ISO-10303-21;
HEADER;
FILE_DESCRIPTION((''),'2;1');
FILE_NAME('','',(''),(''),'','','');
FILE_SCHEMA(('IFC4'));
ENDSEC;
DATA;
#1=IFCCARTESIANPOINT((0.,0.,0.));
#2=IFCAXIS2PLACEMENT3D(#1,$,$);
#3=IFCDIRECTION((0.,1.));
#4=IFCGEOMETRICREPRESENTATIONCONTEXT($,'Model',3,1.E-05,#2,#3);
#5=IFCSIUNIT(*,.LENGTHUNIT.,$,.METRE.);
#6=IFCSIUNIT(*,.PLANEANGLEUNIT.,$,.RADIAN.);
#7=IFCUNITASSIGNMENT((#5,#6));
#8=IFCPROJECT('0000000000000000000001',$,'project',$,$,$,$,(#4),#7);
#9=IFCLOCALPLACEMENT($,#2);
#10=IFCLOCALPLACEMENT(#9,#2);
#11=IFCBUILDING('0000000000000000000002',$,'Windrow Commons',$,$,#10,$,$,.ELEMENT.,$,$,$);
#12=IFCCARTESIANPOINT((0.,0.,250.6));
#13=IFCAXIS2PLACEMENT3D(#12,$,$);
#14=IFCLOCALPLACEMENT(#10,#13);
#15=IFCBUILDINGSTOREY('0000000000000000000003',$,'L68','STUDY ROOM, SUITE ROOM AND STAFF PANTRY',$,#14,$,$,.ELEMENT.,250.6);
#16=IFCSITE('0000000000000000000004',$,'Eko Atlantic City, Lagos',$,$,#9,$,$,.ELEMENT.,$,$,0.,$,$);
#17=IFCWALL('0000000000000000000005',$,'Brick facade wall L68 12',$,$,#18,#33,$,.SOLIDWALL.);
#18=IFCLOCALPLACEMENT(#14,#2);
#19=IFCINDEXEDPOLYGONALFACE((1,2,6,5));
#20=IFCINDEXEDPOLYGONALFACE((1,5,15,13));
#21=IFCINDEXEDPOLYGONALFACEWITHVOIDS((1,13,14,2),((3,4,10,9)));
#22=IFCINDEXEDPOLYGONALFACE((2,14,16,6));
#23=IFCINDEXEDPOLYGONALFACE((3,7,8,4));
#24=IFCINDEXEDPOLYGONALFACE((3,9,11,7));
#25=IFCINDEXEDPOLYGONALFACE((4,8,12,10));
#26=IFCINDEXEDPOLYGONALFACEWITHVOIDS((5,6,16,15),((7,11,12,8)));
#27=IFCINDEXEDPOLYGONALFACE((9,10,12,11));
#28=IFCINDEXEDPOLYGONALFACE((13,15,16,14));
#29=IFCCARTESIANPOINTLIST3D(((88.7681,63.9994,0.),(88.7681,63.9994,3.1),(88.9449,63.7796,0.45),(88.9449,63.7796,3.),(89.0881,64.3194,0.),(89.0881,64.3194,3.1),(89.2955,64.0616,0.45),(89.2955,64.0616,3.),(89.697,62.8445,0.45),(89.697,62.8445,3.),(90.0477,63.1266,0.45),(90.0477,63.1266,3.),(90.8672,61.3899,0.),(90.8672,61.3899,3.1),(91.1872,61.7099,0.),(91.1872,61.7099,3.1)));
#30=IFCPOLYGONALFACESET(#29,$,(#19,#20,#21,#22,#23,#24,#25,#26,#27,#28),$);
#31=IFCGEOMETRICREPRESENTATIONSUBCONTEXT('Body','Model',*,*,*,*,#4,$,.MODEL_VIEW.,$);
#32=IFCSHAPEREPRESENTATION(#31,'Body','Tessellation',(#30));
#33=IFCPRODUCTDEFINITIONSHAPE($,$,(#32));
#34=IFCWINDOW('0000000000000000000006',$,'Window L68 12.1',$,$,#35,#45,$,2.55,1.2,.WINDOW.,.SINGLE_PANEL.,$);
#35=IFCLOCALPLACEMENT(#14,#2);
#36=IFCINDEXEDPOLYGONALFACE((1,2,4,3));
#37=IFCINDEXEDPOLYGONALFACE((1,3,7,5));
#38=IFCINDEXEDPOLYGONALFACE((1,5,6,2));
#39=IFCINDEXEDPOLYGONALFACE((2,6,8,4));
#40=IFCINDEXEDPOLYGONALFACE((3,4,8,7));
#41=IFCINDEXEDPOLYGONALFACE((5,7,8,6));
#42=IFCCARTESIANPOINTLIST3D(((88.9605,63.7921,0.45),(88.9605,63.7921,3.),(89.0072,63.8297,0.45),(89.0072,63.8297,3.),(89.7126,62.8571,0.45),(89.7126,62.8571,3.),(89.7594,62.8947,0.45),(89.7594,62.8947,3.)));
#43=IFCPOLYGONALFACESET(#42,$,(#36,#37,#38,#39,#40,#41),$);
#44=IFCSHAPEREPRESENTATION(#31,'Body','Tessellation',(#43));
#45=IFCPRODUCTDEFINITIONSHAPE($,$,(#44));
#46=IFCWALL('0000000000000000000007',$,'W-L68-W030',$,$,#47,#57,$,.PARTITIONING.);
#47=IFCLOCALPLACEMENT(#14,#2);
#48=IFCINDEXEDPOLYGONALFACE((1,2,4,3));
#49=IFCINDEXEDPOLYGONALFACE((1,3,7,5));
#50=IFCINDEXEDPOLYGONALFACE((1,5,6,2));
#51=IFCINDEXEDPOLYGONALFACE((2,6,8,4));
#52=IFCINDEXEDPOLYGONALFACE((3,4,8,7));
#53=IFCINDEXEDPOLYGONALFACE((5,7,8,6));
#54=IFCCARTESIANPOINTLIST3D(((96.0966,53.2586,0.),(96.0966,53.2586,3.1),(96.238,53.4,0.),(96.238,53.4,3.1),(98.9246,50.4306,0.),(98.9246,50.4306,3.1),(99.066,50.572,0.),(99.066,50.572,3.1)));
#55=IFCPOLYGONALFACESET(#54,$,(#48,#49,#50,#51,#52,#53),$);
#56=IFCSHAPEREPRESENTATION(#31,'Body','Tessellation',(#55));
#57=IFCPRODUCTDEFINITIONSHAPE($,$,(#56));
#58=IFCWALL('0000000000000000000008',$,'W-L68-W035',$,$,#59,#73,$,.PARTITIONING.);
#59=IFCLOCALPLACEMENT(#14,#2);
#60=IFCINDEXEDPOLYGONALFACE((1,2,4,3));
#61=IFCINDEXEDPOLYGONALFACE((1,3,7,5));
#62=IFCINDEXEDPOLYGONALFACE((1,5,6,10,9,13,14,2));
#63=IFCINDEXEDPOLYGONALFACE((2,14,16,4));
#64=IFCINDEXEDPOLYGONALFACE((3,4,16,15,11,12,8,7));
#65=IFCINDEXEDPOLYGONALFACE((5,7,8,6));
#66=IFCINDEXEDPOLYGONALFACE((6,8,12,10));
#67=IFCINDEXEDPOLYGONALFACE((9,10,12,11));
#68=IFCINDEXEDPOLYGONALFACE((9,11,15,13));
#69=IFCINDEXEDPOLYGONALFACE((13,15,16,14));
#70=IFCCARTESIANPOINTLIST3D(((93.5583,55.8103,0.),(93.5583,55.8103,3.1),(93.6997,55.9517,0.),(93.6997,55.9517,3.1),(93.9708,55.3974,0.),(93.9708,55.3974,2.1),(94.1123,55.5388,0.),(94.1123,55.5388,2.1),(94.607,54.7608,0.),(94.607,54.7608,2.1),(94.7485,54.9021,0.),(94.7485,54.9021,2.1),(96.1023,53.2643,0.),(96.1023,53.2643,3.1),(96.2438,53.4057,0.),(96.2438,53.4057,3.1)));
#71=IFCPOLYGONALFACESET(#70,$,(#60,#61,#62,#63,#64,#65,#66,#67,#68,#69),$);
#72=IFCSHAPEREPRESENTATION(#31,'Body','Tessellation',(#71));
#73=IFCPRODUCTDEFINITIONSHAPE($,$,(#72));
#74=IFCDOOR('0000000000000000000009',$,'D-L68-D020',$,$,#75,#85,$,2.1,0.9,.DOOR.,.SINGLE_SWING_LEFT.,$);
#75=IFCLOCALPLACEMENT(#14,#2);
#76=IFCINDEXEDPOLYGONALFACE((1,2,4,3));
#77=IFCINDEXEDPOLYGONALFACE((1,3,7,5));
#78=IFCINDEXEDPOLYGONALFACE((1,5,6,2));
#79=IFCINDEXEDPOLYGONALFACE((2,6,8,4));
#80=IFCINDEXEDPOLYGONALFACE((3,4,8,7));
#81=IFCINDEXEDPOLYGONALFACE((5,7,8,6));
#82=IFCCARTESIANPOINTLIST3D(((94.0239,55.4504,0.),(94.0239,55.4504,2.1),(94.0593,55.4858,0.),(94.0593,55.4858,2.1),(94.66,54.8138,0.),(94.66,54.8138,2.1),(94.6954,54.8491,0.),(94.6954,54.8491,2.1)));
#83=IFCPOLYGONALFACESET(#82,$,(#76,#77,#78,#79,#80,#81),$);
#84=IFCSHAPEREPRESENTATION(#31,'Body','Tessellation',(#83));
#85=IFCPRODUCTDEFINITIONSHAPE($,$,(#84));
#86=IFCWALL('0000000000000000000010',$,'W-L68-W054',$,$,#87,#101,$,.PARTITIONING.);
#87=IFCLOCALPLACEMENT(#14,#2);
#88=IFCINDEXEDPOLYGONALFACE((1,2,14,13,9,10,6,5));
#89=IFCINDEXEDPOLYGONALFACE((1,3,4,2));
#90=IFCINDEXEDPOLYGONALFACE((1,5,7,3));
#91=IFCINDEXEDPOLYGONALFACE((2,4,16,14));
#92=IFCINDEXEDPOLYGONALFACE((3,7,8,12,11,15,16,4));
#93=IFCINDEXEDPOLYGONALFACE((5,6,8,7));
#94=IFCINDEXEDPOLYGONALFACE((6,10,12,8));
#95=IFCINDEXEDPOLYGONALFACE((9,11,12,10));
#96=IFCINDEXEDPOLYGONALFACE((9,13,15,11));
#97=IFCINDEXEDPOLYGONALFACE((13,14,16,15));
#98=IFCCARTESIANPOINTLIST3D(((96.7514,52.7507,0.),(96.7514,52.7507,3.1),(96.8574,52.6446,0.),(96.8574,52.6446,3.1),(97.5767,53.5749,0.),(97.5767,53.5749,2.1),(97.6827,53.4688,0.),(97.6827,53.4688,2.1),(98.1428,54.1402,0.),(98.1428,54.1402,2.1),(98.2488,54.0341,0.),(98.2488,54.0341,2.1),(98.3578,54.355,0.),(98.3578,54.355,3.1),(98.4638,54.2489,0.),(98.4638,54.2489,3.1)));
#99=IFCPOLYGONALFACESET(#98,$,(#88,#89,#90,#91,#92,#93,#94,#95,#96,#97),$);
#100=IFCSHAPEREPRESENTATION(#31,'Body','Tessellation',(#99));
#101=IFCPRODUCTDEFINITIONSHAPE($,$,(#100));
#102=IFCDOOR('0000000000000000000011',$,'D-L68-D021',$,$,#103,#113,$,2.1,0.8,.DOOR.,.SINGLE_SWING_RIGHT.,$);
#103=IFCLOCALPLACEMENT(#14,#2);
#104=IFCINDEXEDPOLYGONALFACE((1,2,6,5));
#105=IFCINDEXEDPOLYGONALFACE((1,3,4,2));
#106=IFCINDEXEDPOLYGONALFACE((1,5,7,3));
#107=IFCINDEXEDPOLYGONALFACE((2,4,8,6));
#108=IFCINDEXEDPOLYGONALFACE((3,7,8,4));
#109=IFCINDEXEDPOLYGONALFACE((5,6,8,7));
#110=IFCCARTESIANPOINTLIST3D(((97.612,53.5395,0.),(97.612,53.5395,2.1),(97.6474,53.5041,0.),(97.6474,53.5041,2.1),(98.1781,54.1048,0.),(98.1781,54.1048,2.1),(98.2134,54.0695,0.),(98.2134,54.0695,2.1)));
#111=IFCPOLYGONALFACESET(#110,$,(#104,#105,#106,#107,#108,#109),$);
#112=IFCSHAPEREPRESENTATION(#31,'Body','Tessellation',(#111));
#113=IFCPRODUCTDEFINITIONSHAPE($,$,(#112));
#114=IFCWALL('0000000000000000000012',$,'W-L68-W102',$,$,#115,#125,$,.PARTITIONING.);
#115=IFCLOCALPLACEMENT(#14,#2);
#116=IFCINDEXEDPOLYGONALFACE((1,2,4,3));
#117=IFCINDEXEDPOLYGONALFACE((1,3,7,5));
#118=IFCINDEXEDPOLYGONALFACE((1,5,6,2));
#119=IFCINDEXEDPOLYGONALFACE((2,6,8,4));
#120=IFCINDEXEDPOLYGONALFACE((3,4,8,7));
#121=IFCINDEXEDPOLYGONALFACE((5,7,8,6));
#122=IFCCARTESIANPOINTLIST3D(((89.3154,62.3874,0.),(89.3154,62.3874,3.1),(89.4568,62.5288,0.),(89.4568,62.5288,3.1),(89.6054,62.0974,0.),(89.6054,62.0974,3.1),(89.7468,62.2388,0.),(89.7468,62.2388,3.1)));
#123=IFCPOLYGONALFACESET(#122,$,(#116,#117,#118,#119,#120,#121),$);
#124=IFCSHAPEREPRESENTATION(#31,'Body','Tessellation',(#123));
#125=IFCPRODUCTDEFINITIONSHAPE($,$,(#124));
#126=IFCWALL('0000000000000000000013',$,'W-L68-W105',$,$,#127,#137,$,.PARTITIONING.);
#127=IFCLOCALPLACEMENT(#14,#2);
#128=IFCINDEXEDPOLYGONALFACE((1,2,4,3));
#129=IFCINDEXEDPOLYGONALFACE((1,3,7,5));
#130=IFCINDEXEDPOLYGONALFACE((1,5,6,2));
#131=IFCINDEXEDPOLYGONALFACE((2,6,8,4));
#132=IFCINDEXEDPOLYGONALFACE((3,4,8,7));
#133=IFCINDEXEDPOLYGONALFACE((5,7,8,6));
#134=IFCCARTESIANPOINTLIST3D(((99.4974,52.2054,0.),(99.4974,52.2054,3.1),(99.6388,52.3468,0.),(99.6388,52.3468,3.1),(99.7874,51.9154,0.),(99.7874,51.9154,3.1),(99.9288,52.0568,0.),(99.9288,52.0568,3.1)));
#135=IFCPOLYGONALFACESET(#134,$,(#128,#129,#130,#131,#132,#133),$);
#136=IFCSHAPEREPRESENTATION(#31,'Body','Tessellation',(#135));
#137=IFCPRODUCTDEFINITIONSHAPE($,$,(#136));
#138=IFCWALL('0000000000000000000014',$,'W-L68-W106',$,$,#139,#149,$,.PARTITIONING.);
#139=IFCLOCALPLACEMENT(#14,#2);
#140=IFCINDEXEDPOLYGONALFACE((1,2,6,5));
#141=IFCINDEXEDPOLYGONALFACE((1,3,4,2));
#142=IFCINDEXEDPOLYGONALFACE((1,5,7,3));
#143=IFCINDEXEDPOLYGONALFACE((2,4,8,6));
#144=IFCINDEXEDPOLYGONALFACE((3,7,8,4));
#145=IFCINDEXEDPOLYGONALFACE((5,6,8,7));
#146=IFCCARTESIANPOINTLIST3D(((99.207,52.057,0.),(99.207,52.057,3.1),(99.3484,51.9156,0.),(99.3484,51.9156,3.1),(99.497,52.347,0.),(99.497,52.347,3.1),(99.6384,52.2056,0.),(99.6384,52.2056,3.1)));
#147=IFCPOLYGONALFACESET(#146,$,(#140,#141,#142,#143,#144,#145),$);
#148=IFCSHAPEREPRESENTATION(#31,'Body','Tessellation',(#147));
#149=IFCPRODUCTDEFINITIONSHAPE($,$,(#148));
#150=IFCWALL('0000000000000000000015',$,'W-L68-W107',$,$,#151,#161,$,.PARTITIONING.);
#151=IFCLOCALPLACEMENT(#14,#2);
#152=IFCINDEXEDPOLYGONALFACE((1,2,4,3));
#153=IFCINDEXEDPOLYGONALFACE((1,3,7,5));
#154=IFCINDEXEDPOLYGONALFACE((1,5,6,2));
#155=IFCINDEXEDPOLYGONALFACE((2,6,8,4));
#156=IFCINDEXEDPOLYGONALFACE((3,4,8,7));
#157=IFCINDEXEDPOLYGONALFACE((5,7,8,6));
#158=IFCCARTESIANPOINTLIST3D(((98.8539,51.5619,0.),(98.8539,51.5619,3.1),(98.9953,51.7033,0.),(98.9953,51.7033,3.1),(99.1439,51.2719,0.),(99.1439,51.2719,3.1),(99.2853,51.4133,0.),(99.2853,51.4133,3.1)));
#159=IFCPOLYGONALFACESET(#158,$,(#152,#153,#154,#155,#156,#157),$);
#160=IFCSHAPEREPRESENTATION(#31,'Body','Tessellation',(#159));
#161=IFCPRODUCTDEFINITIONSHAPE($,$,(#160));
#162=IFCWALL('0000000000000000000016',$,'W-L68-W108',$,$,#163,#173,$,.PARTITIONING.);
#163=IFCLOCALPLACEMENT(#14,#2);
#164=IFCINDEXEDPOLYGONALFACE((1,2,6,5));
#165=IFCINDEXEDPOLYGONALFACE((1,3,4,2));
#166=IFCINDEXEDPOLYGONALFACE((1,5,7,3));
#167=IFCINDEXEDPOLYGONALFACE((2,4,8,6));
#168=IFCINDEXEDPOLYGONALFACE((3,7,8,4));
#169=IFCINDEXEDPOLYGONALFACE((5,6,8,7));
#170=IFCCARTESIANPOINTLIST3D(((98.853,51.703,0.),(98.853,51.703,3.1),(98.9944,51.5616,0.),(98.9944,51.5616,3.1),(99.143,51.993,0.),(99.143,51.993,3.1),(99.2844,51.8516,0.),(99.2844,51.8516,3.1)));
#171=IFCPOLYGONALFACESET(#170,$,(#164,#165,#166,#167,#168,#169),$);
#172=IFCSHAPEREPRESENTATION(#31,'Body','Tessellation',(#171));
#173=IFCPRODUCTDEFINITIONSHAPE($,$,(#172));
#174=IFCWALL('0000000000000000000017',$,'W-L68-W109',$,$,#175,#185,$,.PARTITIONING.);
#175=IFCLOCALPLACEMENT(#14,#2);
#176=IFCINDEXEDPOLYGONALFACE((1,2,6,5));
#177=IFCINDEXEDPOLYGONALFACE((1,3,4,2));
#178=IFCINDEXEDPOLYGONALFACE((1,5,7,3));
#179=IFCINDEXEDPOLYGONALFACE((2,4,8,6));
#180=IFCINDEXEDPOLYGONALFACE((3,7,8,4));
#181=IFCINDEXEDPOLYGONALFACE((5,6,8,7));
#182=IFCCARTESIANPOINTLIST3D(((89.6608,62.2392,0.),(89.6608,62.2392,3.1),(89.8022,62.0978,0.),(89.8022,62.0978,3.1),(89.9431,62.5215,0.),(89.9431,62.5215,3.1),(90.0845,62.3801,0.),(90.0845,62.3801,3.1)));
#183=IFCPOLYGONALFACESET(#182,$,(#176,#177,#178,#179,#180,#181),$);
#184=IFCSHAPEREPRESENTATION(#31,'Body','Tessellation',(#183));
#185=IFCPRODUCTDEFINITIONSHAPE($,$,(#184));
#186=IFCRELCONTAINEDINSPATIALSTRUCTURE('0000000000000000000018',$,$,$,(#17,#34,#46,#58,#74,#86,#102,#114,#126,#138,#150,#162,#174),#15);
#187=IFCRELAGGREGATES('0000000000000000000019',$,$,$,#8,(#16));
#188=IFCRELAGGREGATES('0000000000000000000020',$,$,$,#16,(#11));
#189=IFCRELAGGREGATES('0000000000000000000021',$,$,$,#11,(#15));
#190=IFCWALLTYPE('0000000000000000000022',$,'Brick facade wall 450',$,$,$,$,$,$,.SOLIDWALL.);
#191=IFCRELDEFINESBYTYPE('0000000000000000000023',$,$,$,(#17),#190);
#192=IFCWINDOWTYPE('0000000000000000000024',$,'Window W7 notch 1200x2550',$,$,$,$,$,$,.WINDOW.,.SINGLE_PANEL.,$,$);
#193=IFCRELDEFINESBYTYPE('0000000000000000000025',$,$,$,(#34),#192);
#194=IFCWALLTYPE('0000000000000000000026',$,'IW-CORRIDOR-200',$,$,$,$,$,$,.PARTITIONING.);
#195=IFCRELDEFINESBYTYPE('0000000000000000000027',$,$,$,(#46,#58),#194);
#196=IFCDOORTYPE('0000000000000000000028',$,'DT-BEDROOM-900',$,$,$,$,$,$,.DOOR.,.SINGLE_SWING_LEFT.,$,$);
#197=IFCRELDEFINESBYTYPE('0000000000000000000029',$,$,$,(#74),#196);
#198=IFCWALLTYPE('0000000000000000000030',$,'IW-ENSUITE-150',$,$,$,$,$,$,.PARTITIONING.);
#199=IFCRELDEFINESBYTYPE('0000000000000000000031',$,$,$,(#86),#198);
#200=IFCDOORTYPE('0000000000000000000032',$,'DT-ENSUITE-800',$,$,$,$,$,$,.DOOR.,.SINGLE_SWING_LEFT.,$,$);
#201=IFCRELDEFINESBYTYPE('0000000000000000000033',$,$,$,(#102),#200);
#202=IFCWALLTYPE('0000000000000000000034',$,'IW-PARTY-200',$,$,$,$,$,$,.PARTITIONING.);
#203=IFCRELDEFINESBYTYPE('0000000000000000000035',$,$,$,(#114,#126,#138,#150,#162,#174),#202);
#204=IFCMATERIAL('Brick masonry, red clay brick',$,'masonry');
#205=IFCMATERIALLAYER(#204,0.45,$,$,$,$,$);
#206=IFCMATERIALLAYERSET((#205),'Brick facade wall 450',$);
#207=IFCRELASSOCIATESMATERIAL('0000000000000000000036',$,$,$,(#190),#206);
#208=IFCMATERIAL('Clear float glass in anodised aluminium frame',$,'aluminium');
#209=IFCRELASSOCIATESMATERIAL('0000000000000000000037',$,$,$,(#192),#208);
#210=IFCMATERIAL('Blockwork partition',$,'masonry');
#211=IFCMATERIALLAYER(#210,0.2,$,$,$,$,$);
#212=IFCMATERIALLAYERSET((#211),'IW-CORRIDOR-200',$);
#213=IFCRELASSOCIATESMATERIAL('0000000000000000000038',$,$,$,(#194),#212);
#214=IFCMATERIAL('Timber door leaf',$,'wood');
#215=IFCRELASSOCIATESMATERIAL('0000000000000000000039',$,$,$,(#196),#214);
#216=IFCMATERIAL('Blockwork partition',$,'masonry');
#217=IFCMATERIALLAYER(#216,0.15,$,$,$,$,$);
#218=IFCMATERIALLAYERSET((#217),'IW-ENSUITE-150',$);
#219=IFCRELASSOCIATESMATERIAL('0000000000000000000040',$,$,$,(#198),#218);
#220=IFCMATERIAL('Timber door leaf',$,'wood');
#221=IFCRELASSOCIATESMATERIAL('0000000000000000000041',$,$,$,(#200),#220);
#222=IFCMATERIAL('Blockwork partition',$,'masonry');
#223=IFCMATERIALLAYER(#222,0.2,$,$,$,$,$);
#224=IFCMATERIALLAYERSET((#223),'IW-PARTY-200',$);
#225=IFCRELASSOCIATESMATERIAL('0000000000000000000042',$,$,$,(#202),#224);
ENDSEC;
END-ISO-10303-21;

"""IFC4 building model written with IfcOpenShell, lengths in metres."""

from ifc_helpers import new_model, si_unit, direction, frame, frame_2d, origin, place, context, subcontext, project, spatial, polyline, rectangle, outline, extrude, material, layer, layer_set, type_object, element, fill, save


model = new_model("IFC4")

# Units and contexts
model_context = context("Model", 3, precision=1e-05, world=origin(), true_north=direction((0.0, 1.0)))
body_context = subcontext(model_context, "Body", "Model", "MODEL_VIEW")
ifc_project = project(units=[si_unit("LENGTHUNIT", "METRE"), si_unit("PLANEANGLEUNIT", "RADIAN")], contexts=[model_context])

# Site, building, storey
site_placement = place(None, origin())
site = spatial("IfcSite", under=ifc_project, at=site_placement, Name="Eko Atlantic City, Lagos", CompositionType="ELEMENT", RefElevation=0.0)
building_placement = place(site_placement, origin())
building = spatial("IfcBuilding", under=site, at=building_placement, Name="Windrow Commons", CompositionType="ELEMENT")
storey_placement = place(building_placement, frame((0.0, 0.0, 250.6)))
storey = spatial("IfcBuildingStorey", under=building, at=storey_placement, Name="L68", Description="STUDY ROOM, SUITE ROOM AND STAFF PANTRY", CompositionType="ELEMENT", Elevation=250.6)

# Wall, opening, window
ifc_material_1 = material(Name="Brick masonry, red clay brick", Category="masonry")
ifc_layer_1 = layer(ifc_material_1, 0.45)
ifc_layer_set_1 = layer_set([ifc_layer_1], Name="Brick facade wall 450")
wall_type_1 = type_object("IfcWallType", Name="Brick facade wall 450", PredefinedType="SOLIDWALL", material=ifc_layer_set_1)
ifc_material_2 = material(Name="Clear float glass in anodised aluminium frame", Category="aluminium")
window_type = type_object("IfcWindowType", Name="Window W7 notch 1200x2550", PartitioningType="SINGLE_PANEL", PredefinedType="WINDOW", material=ifc_material_2)
wall_1_placement = place(storey_placement, frame((91.0272, 61.5499, 0.0), z_axis=(0.0, 0.0, 1.0), x_axis=(-0.626787, 0.779191, 0.0)))
wall_1 = element("IfcWall", 1, at=wall_1_placement, inside=storey, type_object=wall_type_1, Name="Brick facade wall L68 12", PredefinedType="SOLIDWALL", context=body_context, shape_type="SweptSolid", body=[
    extrude(outline(polyline([(0.0244, -0.225), (3.3734, -0.225), (3.3246, 0.225), (-0.0244, 0.225), (0.0244, -0.225)])), origin(), (0.0, 0.0, 1.0), 3.1),
])
opening_1_placement = place(wall_1_placement, frame((1.8425, 0.0, 0.45)))
opening_1 = element("IfcOpeningElement", 2, at=opening_1_placement, cuts=wall_1, PredefinedType="OPENING", context=body_context, shape_type="SweptSolid", body=[
    extrude(rectangle(XDim=1.2, YDim=2.55, at=frame_2d((0.6, 1.275))), frame((0.0, 0.235, 0.0), z_axis=(0.0, -1.0, 0.0), x_axis=(1.0, 0.0, 0.0)), (0.0, 0.0, 1.0), 0.47),
])
window_1_placement = place(opening_1_placement, origin())
window_1 = element("IfcWindow", 3, at=window_1_placement, inside=storey, type_object=window_type, Name="Window L68 12.1", OverallHeight=2.55, OverallWidth=1.2, PartitioningType="SINGLE_PANEL", PredefinedType="WINDOW", context=body_context, shape_type="SweptSolid", body=[
    extrude(rectangle(XDim=1.2, YDim=2.55, at=frame_2d((0.6, 1.275))), frame((0.0, 0.205, 0.0), z_axis=(0.0, -1.0, 0.0), x_axis=(1.0, 0.0, 0.0)), (0.0, 0.0, 1.0), 0.06),
])
fill(opening_1, window_1)

# Wall
ifc_material_3 = material(Name="Blockwork partition", Category="masonry")
ifc_layer_2 = layer(ifc_material_3, 0.2)
ifc_layer_set_2 = layer_set([ifc_layer_2], Name="IW-CORRIDOR-200")
wall_type_2 = type_object("IfcWallType", Name="IW-CORRIDOR-200", PredefinedType="PARTITIONING", material=ifc_layer_set_2)
wall_2_placement = place(storey_placement, frame((96.1673, 53.3293, 0.0), z_axis=(0.0, 0.0, 1.0), x_axis=(0.707107, -0.707107, 0.0)))
element("IfcWall", 4, at=wall_2_placement, inside=storey, type_object=wall_type_2, Name="W-L68-W030", PredefinedType="PARTITIONING", context=body_context, shape_type="SweptSolid", body=[
    extrude(rectangle(XDim=3.9994, YDim=0.2, at=frame_2d((1.9997, 0.0))), origin(), (0.0, 0.0, 1.0), 3.1),
])

# Walls, openings, doors
wall_3_placement = place(storey_placement, frame((93.629, 55.881, 0.0), z_axis=(0.0, 0.0, 1.0), x_axis=(0.706829, -0.707385, 0.0)))
wall_3 = element("IfcWall", 5, at=wall_3_placement, inside=storey, type_object=wall_type_2, Name="W-L68-W035", PredefinedType="PARTITIONING", context=body_context, shape_type="SweptSolid", body=[
    extrude(rectangle(XDim=3.5992, YDim=0.2, at=frame_2d((1.7996, 0.0))), origin(), (0.0, 0.0, 1.0), 3.1),
])
opening_2_placement = place(wall_3_placement, frame((0.5837, 0.0, 0.0)))
opening_2 = element("IfcOpeningElement", 6, at=opening_2_placement, cuts=wall_3, PredefinedType="OPENING", context=body_context, shape_type="SweptSolid", body=[
    extrude(rectangle(XDim=0.9, YDim=2.1, at=frame_2d((0.45, 1.05))), frame((0.0, 0.11, 0.0), z_axis=(0.0, -1.0, 0.0), x_axis=(1.0, 0.0, 0.0)), (0.0, 0.0, 1.0), 0.22),
])
ifc_material_4 = material(Name="Timber door leaf", Category="wood")
door_type_1 = type_object("IfcDoorType", Name="DT-BEDROOM-900", OperationType="SINGLE_SWING_LEFT", PredefinedType="DOOR", material=ifc_material_4)
door_1_placement = place(opening_2_placement, origin())
door_1 = element("IfcDoor", 7, at=door_1_placement, inside=storey, type_object=door_type_1, Name="D-L68-D020", OperationType="SINGLE_SWING_LEFT", OverallHeight=2.1, OverallWidth=0.9, PredefinedType="DOOR", context=body_context, shape_type="SweptSolid", body=[
    extrude(rectangle(XDim=0.9, YDim=2.1, at=frame_2d((0.45, 1.05))), frame((0.0, 0.025, 0.0), z_axis=(0.0, -1.0, 0.0), x_axis=(1.0, 0.0, 0.0)), (0.0, 0.0, 1.0), 0.05),
])
fill(opening_2, door_1)
ifc_material_5 = material(Name="Blockwork partition", Category="masonry")
ifc_layer_3 = layer(ifc_material_5, 0.15)
ifc_layer_set_3 = layer_set([ifc_layer_3], Name="IW-ENSUITE-150")
wall_type_3 = type_object("IfcWallType", Name="IW-ENSUITE-150", PredefinedType="PARTITIONING", material=ifc_layer_set_3)
wall_4_placement = place(storey_placement, frame((96.8044, 52.6976, 0.0), z_axis=(0.0, 0.0, 1.0), x_axis=(0.707569, 0.706644, 0.0)))
wall_4 = element("IfcWall", 8, at=wall_4_placement, inside=storey, type_object=wall_type_3, Name="W-L68-W054", PredefinedType="PARTITIONING", context=body_context, shape_type="SweptSolid", body=[
    extrude(rectangle(XDim=2.2703, YDim=0.15, at=frame_2d((1.1352, 0.0))), origin(), (0.0, 0.0, 1.0), 3.1),
])
opening_3_placement = place(wall_4_placement, frame((1.1664, 0.0, 0.0)))
opening_3 = element("IfcOpeningElement", 9, at=opening_3_placement, cuts=wall_4, PredefinedType="OPENING", context=body_context, shape_type="SweptSolid", body=[
    extrude(rectangle(XDim=0.8, YDim=2.1, at=frame_2d((0.4, 1.05))), frame((0.0, 0.085, 0.0), z_axis=(0.0, -1.0, 0.0), x_axis=(1.0, 0.0, 0.0)), (0.0, 0.0, 1.0), 0.17),
])
ifc_material_6 = material(Name="Timber door leaf", Category="wood")
door_type_2 = type_object("IfcDoorType", Name="DT-ENSUITE-800", OperationType="SINGLE_SWING_LEFT", PredefinedType="DOOR", material=ifc_material_6)
door_2_placement = place(opening_3_placement, origin())
door_2 = element("IfcDoor", 10, at=door_2_placement, inside=storey, type_object=door_type_2, Name="D-L68-D021", OperationType="SINGLE_SWING_RIGHT", OverallHeight=2.1, OverallWidth=0.8, PredefinedType="DOOR", context=body_context, shape_type="SweptSolid", body=[
    extrude(rectangle(XDim=0.8, YDim=2.1, at=frame_2d((0.4, 1.05))), frame((0.0, 0.025, 0.0), z_axis=(0.0, -1.0, 0.0), x_axis=(1.0, 0.0, 0.0)), (0.0, 0.0, 1.0), 0.05),
])
fill(opening_3, door_2)

# Walls
ifc_material_7 = material(Name="Blockwork partition", Category="masonry")
ifc_layer_4 = layer(ifc_material_7, 0.2)
ifc_layer_set_4 = layer_set([ifc_layer_4], Name="IW-PARTY-200")
wall_type_4 = type_object("IfcWallType", Name="IW-PARTY-200", PredefinedType="PARTITIONING", material=ifc_layer_set_4)
for number, where, z_axis, x_axis, name in (
    (11, (89.3861, 62.4581, 0.0), (0.0, 0.0, 1.0), (0.707107, -0.707107, 0.0), "W-L68-W102"),
    (12, (99.5681, 52.2761, 0.0), (0.0, 0.0, 1.0), (0.707107, -0.707107, 0.0), "W-L68-W105"),
    (13, (99.2777, 51.9863, 0.0), (0.0, 0.0, 1.0), (0.707107, 0.707107, 0.0), "W-L68-W106"),
    (14, (98.9246, 51.6326, 0.0), (0.0, 0.0, 1.0), (0.707107, -0.707107, 0.0), "W-L68-W107"),
    (15, (98.9237, 51.6323, 0.0), (0.0, 0.0, 1.0), (0.707107, 0.707107, 0.0), "W-L68-W108"),
):
    element("IfcWall", number, at=place(storey_placement, frame(where, z_axis=z_axis, x_axis=x_axis)), inside=storey, type_object=wall_type_4, Name=name, PredefinedType="PARTITIONING", context=body_context, shape_type="SweptSolid", body=[
        extrude(rectangle(XDim=0.4101, YDim=0.2, at=frame_2d((0.2051, 0.0))), origin(), (0.0, 0.0, 1.0), 3.1),
    ])
wall_5_placement = place(storey_placement, frame((89.7315, 62.1685, 0.0), z_axis=(0.0, 0.0, 1.0), x_axis=(0.707107, 0.707107, 0.0)))
element("IfcWall", 16, at=wall_5_placement, inside=storey, type_object=wall_type_4, Name="W-L68-W109", PredefinedType="PARTITIONING", context=body_context, shape_type="SweptSolid", body=[
    extrude(rectangle(XDim=0.3992, YDim=0.2, at=frame_2d((0.1996, 0.0))), origin(), (0.0, 0.0, 1.0), 3.1),
])

save(model, "model.ifc")
